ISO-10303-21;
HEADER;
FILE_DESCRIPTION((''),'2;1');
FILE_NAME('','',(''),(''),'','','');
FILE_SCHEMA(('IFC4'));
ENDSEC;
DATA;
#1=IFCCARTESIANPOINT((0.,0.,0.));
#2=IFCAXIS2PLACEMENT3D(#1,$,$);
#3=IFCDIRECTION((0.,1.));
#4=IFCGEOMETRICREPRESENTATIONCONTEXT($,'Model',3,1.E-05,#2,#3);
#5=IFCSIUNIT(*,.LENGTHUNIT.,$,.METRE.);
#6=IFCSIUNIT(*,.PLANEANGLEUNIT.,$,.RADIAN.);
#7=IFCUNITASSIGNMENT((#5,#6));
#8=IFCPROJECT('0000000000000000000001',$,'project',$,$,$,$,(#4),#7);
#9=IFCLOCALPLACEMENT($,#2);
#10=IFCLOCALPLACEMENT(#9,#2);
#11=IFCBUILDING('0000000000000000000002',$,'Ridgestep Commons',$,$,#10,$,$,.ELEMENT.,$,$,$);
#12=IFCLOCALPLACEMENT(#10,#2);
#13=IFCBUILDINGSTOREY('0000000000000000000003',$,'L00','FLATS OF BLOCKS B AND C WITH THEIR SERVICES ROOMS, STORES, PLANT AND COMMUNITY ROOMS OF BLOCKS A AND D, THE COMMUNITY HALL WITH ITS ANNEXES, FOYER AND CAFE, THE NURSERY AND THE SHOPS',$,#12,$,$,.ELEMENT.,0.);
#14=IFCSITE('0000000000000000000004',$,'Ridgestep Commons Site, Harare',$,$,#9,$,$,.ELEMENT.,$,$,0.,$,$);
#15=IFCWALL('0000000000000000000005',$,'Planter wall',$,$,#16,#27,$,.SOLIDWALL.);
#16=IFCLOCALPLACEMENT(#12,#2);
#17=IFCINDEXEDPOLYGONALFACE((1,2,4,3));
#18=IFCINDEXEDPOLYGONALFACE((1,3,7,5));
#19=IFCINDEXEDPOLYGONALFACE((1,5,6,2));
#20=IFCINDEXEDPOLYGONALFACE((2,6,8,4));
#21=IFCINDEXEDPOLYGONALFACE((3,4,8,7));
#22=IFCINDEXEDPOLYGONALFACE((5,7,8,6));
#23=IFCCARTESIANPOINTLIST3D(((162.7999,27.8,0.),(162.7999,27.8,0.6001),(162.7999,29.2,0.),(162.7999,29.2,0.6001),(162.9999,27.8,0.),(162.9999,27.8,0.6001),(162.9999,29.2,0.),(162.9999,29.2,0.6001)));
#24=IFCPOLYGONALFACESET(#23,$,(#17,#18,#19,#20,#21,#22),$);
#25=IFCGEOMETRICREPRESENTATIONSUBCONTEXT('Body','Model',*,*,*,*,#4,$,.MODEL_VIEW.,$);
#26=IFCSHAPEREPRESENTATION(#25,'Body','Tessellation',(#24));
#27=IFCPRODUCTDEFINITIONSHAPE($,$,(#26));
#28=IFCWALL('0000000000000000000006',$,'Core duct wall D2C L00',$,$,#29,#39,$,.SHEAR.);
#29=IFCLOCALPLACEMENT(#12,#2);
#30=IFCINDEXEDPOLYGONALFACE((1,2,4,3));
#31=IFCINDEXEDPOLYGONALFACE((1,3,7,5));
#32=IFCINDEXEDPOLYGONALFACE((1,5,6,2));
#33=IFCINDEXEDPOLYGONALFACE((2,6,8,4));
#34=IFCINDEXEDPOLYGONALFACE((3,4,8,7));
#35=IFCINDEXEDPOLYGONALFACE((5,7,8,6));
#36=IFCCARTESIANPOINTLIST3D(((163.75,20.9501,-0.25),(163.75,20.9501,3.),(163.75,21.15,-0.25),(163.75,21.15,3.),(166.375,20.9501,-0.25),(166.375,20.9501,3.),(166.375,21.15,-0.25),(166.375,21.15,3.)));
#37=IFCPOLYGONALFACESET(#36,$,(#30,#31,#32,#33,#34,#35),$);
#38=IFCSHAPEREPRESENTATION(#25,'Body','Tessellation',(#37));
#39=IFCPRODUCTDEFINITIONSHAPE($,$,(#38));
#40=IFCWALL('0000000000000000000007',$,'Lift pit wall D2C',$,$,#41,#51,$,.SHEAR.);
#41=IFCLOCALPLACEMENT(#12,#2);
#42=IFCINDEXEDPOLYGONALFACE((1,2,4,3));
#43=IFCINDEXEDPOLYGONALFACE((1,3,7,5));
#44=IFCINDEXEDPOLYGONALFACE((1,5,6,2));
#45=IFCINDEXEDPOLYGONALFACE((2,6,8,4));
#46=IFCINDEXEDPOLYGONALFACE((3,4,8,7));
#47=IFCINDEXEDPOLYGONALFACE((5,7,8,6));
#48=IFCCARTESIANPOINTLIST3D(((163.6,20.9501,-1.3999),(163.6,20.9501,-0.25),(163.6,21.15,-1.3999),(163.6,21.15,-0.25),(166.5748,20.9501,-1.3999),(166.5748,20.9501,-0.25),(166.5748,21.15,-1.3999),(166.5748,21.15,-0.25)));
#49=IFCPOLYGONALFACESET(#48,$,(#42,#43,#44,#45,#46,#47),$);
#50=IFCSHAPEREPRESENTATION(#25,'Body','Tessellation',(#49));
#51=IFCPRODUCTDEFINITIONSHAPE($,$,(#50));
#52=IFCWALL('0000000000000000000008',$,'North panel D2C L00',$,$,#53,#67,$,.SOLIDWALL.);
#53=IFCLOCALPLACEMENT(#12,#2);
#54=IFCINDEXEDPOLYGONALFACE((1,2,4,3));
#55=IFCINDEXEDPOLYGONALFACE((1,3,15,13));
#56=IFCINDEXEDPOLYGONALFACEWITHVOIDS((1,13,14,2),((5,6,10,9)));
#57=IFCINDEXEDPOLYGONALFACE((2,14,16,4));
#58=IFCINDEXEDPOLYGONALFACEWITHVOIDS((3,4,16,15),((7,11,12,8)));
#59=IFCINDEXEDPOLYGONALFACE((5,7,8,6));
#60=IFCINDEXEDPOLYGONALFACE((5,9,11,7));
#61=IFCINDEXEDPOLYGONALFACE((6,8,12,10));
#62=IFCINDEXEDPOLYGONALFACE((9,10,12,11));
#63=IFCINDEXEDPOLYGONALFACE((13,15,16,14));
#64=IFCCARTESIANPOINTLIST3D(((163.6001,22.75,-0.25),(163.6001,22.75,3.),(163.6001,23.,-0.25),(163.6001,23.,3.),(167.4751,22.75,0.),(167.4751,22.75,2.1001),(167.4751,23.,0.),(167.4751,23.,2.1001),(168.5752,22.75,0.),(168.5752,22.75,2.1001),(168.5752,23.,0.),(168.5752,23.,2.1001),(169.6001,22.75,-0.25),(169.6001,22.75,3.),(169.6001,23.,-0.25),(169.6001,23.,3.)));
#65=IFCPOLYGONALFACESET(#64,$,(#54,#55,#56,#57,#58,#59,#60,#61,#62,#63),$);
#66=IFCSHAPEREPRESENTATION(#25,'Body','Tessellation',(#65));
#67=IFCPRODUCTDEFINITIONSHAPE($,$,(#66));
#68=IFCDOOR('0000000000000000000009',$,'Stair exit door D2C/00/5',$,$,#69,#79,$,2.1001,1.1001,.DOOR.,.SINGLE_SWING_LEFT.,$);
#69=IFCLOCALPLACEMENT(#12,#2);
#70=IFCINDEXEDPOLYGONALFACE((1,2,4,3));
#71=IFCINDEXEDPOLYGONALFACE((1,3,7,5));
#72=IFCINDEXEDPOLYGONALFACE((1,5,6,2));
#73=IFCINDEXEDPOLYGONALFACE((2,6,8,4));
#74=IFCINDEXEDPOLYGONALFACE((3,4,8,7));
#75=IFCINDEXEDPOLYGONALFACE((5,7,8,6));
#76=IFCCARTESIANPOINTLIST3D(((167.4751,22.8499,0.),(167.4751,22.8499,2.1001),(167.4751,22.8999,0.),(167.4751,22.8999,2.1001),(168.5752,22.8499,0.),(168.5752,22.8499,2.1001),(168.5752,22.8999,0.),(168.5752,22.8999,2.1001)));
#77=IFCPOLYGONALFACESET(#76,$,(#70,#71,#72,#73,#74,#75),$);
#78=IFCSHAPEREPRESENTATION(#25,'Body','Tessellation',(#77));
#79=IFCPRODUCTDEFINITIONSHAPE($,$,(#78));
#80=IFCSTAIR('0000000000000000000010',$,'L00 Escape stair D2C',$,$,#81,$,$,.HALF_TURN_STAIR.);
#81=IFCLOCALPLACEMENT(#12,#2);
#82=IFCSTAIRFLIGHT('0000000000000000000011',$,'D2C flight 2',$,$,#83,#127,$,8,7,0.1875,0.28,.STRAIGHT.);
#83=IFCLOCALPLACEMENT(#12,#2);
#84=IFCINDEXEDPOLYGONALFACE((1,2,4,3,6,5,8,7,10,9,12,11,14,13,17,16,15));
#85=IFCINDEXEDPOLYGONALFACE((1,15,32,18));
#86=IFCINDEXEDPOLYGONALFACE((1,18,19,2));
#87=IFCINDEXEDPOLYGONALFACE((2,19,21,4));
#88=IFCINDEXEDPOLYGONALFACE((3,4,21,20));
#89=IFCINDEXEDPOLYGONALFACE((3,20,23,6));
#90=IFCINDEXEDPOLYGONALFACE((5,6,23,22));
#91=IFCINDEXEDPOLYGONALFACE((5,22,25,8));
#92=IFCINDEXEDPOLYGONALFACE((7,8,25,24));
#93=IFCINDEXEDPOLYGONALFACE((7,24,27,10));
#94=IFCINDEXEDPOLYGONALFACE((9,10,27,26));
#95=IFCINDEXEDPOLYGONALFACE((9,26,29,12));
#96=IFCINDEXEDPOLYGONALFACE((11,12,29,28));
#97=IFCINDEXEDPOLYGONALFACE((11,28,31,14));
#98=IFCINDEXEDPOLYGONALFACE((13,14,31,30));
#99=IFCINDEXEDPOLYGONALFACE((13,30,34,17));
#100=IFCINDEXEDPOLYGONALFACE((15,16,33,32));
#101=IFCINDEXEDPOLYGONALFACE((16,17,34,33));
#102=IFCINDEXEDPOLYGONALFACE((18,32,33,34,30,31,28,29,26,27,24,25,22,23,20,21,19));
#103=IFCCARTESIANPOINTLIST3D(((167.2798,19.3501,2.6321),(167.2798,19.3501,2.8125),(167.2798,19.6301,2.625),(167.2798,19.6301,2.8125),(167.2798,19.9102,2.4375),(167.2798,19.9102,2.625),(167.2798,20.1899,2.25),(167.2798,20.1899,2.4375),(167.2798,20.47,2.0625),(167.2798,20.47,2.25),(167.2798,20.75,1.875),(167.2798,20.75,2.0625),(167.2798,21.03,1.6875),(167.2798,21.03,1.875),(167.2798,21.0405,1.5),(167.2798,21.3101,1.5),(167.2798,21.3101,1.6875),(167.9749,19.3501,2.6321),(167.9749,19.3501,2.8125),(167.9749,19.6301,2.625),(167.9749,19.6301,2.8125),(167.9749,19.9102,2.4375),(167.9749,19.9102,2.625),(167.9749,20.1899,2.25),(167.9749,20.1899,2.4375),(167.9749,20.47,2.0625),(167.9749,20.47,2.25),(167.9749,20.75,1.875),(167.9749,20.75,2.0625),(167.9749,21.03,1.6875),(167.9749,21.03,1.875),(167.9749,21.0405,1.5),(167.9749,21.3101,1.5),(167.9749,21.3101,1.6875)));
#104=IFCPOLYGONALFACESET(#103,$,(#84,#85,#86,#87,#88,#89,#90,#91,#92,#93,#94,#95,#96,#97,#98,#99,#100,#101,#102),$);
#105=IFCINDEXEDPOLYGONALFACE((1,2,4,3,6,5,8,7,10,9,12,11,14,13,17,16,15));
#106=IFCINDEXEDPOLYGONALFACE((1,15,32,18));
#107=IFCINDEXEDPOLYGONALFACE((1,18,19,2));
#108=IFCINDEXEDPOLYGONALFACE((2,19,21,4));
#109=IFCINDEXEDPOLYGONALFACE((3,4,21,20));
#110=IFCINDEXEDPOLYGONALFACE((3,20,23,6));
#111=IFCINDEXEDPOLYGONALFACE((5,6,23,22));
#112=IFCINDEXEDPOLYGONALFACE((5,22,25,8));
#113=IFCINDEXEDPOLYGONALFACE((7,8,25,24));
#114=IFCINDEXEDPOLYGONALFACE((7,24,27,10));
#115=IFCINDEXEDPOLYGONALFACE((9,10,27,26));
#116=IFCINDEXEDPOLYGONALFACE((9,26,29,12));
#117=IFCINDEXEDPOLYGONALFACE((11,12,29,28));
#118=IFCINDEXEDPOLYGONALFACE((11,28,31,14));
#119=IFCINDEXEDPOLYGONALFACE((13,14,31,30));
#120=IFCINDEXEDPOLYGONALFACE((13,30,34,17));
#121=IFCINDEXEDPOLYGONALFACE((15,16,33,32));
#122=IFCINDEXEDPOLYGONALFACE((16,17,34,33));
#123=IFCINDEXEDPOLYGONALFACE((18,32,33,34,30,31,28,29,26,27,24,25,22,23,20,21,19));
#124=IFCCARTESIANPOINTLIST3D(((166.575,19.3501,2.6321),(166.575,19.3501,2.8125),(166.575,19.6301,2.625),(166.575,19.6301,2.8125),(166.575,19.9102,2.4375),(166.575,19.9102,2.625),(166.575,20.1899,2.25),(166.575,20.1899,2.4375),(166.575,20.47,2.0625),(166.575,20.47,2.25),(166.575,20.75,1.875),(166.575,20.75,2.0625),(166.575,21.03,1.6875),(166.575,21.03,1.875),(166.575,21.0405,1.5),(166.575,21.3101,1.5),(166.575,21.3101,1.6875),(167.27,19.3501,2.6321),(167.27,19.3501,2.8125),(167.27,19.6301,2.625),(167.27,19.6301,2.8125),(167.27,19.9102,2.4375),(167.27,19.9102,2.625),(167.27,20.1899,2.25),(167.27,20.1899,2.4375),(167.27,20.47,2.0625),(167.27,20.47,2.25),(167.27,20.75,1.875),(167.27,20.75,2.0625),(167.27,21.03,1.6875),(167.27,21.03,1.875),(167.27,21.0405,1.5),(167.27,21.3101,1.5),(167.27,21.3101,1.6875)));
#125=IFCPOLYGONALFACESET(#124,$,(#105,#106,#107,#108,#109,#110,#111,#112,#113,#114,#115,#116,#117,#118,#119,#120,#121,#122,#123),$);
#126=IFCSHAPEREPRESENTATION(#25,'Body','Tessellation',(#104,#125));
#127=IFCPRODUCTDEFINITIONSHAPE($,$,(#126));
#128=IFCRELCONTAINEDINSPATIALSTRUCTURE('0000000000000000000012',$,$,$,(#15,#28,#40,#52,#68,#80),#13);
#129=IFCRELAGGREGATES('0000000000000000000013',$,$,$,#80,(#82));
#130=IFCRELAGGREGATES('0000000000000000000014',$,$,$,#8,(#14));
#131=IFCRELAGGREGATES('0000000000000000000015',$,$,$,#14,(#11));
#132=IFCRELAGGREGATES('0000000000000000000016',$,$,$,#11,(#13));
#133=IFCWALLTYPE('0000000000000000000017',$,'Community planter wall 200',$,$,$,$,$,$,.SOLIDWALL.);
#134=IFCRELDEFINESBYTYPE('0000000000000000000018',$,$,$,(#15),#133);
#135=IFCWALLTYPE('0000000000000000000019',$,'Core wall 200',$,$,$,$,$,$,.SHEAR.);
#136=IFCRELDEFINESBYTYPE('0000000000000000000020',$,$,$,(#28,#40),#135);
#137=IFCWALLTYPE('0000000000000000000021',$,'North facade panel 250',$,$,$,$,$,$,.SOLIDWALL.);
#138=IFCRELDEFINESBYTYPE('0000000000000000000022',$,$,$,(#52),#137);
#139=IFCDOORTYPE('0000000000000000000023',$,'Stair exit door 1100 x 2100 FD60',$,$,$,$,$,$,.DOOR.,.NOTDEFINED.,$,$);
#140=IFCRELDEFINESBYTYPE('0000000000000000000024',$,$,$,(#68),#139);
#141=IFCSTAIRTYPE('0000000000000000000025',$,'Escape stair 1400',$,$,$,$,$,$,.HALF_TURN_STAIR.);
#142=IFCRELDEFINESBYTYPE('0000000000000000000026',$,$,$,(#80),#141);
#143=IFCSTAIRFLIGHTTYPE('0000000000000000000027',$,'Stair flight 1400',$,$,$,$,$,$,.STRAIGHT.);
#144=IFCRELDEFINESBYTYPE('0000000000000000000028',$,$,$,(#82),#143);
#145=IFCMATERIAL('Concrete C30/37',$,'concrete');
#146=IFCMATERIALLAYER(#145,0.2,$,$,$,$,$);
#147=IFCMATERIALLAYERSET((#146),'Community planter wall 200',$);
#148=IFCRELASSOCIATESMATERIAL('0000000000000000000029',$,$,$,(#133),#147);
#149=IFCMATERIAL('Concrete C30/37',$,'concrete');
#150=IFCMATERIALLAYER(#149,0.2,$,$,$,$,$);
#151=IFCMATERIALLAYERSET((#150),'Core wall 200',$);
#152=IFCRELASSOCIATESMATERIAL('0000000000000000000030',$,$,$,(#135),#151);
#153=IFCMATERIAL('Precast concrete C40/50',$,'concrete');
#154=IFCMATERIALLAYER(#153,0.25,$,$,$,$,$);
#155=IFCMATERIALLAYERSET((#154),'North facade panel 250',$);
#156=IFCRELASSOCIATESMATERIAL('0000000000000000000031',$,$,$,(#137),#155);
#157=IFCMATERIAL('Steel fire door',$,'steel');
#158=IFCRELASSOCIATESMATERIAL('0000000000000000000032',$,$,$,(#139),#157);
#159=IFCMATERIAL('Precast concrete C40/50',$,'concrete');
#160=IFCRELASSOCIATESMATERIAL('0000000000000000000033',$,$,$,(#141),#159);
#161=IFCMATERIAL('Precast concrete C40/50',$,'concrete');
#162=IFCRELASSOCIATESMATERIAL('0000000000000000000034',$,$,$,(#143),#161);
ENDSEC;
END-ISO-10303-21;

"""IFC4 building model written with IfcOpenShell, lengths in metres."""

from ifc_helpers import new_model, si_unit, direction, frame, frame_2d, origin, place, context, subcontext, project, spatial, polyline, rectangle, outline, extrude, material, layer, layer_set, type_object, element, fill, aggregate, save


model = new_model("IFC4")

# Units and contexts
model_context = context("Model", 3, precision=1e-05, world=origin(), true_north=direction((0.0, 1.0)))
body_context = subcontext(model_context, "Body", "Model", "MODEL_VIEW")
ifc_project = project(units=[si_unit("LENGTHUNIT", "METRE"), si_unit("PLANEANGLEUNIT", "RADIAN")], contexts=[model_context])

# Site, building, storey
site_placement = place(None, origin())
site = spatial("IfcSite", under=ifc_project, at=site_placement, Name="Ridgestep Commons Site, Harare", CompositionType="ELEMENT", RefElevation=0.0)
building_placement = place(site_placement, origin())
building = spatial("IfcBuilding", under=site, at=building_placement, Name="Ridgestep Commons", CompositionType="ELEMENT")
storey_placement = place(building_placement, origin())
storey = spatial("IfcBuildingStorey", under=building, at=storey_placement, Name="L00", Description="FLATS OF BLOCKS B AND C WITH THEIR SERVICES ROOMS, STORES, PLANT AND COMMUNITY ROOMS OF BLOCKS A AND D, THE COMMUNITY HALL WITH ITS ANNEXES, FOYER AND CAFE, THE NURSERY AND THE SHOPS", CompositionType="ELEMENT", Elevation=0.0)

# Walls
ifc_material_1 = material(Name="Concrete C30/37", Category="concrete")
ifc_layer_1 = layer(ifc_material_1, 0.2)
ifc_layer_set_1 = layer_set([ifc_layer_1], Name="Community planter wall 200")
wall_type_1 = type_object("IfcWallType", Name="Community planter wall 200", PredefinedType="SOLIDWALL", material=ifc_layer_set_1)
wall_1_placement = place(storey_placement, frame((162.8999, 27.8, 0.0), z_axis=(0.0, 0.0, 1.0), x_axis=(0.0, 1.0, 0.0)))
element("IfcWall", 1, at=wall_1_placement, inside=storey, type_object=wall_type_1, Name="Planter wall", PredefinedType="SOLIDWALL", context=body_context, shape_type="SweptSolid", body=[
    extrude(rectangle(XDim=1.3999, YDim=0.2, at=frame_2d((0.7, 0.0))), origin(), (0.0, 0.0, 1.0), 0.6001),
])
ifc_material_2 = material(Name="Concrete C30/37", Category="concrete")
ifc_layer_2 = layer(ifc_material_2, 0.2)
ifc_layer_set_2 = layer_set([ifc_layer_2], Name="Core wall 200")
wall_type_2 = type_object("IfcWallType", Name="Core wall 200", PredefinedType="SHEAR", material=ifc_layer_set_2)
wall_2_placement = place(storey_placement, frame((163.75, 21.05, -0.25), z_axis=(0.0, 0.0, 1.0), x_axis=(1.0, 0.0, 0.0)))
element("IfcWall", 2, at=wall_2_placement, inside=storey, type_object=wall_type_2, Name="Core duct wall D2C L00", PredefinedType="SHEAR", context=body_context, shape_type="SweptSolid", body=[
    extrude(rectangle(XDim=2.625, YDim=0.2, at=frame_2d((1.3125, 0.0))), origin(), (0.0, 0.0, 1.0), 3.25),
])
wall_3_placement = place(storey_placement, frame((163.6001, 21.05, -1.3999), z_axis=(0.0, 0.0, 1.0), x_axis=(1.0, 0.0, 0.0)))
element("IfcWall", 3, at=wall_3_placement, inside=storey, type_object=wall_type_2, Name="Lift pit wall D2C", PredefinedType="SHEAR", context=body_context, shape_type="SweptSolid", body=[
    extrude(rectangle(XDim=2.9749, YDim=0.2, at=frame_2d((1.4873, 0.0))), origin(), (0.0, 0.0, 1.0), 1.1499),
])

# Wall, opening, door
ifc_material_3 = material(Name="Precast concrete C40/50", Category="concrete")
ifc_layer_3 = layer(ifc_material_3, 0.25)
ifc_layer_set_3 = layer_set([ifc_layer_3], Name="North facade panel 250")
wall_type_3 = type_object("IfcWallType", Name="North facade panel 250", PredefinedType="SOLIDWALL", material=ifc_layer_set_3)
wall_4_placement = place(storey_placement, frame((163.6001, 22.875, -0.25), z_axis=(0.0, 0.0, 1.0), x_axis=(1.0, 0.0, 0.0)))
wall_4 = element("IfcWall", 4, at=wall_4_placement, inside=storey, type_object=wall_type_3, Name="North panel D2C L00", PredefinedType="SOLIDWALL", context=body_context, shape_type="SweptSolid", body=[
    extrude(rectangle(XDim=6.0, YDim=0.25, at=frame_2d((3.0, 0.0))), origin(), (0.0, 0.0, 1.0), 3.25),
])
opening_placement = place(wall_4_placement, frame((3.875, 0.0, 0.25)))
opening = element("IfcOpeningElement", 5, at=opening_placement, cuts=wall_4, PredefinedType="OPENING", context=body_context, shape_type="SweptSolid", body=[
    extrude(rectangle(XDim=1.1001, YDim=2.1001, at=frame_2d((0.55, 1.05))), frame((0.0, 0.135, 0.0), z_axis=(0.0, -1.0, 0.0), x_axis=(1.0, 0.0, 0.0)), (0.0, 0.0, 1.0), 0.27),
])
ifc_material_4 = material(Name="Steel fire door", Category="steel")
door_type = type_object("IfcDoorType", Name="Stair exit door 1100 x 2100 FD60", OperationType="NOTDEFINED", PredefinedType="DOOR", material=ifc_material_4)
door_placement = place(opening_placement, origin())
door = element("IfcDoor", 6, at=door_placement, inside=storey, type_object=door_type, Name="Stair exit door D2C/00/5", OperationType="SINGLE_SWING_LEFT", OverallHeight=2.1001, OverallWidth=1.1001, PredefinedType="DOOR", context=body_context, shape_type="SweptSolid", body=[
    extrude(rectangle(XDim=1.1001, YDim=2.1001, at=frame_2d((0.55, 1.05))), frame((0.0, 0.0249, 0.0), z_axis=(0.0, -1.0, 0.0), x_axis=(1.0, 0.0, 0.0)), (0.0, 0.0, 1.0), 0.05),
])
fill(opening, door)

# Stair, stair flight
ifc_material_5 = material(Name="Precast concrete C40/50", Category="concrete")
stair_type = type_object("IfcStairType", Name="Escape stair 1400", PredefinedType="HALF_TURN_STAIR", material=ifc_material_5)
stair_placement = place(storey_placement, origin())
stair = element("IfcStair", 7, at=stair_placement, inside=storey, type_object=stair_type, Name="L00 Escape stair D2C", PredefinedType="HALF_TURN_STAIR")
ifc_material_6 = material(Name="Precast concrete C40/50", Category="concrete")
stair_flight_type = type_object("IfcStairFlightType", Name="Stair flight 1400", PredefinedType="STRAIGHT", material=ifc_material_6)
stair_flight_placement = place(storey_placement, frame((167.2749, 21.3101, 1.5), z_axis=(0.0, 0.0, 1.0), x_axis=(0.0, -1.0, 0.0)))
stair_flight = element("IfcStairFlight", 8, at=stair_flight_placement, type_object=stair_flight_type, Name="D2C flight 2", NumberOfRisers=8, NumberOfTreads=7, PredefinedType="STRAIGHT", RiserHeight=0.1875, TreadLength=0.28, context=body_context, shape_type="SweptSolid", body=[
    extrude(outline(polyline([(0.0, 0.0), (0.0, 0.1875), (0.28, 0.1875), (0.28, 0.375), (0.5601, 0.375), (0.5601, 0.5625), (0.8401, 0.5625), (0.8401, 0.75), (1.1201, 0.75), (1.1201, 0.9375), (1.3999, 0.9375), (1.3999, 1.125), (1.6799, 1.125), (1.6799, 1.3125), (1.96, 1.3125), (1.96, 1.5), (1.96, 1.1321), (0.2695, 0.0), (0.0, 0.0)])), frame((0.0, 0.7, 0.0), z_axis=(0.0, -1.0, 0.0), x_axis=(1.0, 0.0, 0.0)), (0.0, 0.0, 1.0), 0.6951),
    extrude(outline(polyline([(0.0, 0.0), (0.0, 0.1875), (0.28, 0.1875), (0.28, 0.375), (0.5601, 0.375), (0.5601, 0.5625), (0.8401, 0.5625), (0.8401, 0.75), (1.1201, 0.75), (1.1201, 0.9375), (1.3999, 0.9375), (1.3999, 1.125), (1.6799, 1.125), (1.6799, 1.3125), (1.96, 1.3125), (1.96, 1.5), (1.96, 1.1321), (0.2695, 0.0), (0.0, 0.0)])), frame((0.0, -0.0049, 0.0), z_axis=(0.0, -1.0, 0.0), x_axis=(1.0, 0.0, 0.0)), (0.0, 0.0, 1.0), 0.6951),
])
aggregate(stair, [stair_flight])

save(model, "model.ifc")
